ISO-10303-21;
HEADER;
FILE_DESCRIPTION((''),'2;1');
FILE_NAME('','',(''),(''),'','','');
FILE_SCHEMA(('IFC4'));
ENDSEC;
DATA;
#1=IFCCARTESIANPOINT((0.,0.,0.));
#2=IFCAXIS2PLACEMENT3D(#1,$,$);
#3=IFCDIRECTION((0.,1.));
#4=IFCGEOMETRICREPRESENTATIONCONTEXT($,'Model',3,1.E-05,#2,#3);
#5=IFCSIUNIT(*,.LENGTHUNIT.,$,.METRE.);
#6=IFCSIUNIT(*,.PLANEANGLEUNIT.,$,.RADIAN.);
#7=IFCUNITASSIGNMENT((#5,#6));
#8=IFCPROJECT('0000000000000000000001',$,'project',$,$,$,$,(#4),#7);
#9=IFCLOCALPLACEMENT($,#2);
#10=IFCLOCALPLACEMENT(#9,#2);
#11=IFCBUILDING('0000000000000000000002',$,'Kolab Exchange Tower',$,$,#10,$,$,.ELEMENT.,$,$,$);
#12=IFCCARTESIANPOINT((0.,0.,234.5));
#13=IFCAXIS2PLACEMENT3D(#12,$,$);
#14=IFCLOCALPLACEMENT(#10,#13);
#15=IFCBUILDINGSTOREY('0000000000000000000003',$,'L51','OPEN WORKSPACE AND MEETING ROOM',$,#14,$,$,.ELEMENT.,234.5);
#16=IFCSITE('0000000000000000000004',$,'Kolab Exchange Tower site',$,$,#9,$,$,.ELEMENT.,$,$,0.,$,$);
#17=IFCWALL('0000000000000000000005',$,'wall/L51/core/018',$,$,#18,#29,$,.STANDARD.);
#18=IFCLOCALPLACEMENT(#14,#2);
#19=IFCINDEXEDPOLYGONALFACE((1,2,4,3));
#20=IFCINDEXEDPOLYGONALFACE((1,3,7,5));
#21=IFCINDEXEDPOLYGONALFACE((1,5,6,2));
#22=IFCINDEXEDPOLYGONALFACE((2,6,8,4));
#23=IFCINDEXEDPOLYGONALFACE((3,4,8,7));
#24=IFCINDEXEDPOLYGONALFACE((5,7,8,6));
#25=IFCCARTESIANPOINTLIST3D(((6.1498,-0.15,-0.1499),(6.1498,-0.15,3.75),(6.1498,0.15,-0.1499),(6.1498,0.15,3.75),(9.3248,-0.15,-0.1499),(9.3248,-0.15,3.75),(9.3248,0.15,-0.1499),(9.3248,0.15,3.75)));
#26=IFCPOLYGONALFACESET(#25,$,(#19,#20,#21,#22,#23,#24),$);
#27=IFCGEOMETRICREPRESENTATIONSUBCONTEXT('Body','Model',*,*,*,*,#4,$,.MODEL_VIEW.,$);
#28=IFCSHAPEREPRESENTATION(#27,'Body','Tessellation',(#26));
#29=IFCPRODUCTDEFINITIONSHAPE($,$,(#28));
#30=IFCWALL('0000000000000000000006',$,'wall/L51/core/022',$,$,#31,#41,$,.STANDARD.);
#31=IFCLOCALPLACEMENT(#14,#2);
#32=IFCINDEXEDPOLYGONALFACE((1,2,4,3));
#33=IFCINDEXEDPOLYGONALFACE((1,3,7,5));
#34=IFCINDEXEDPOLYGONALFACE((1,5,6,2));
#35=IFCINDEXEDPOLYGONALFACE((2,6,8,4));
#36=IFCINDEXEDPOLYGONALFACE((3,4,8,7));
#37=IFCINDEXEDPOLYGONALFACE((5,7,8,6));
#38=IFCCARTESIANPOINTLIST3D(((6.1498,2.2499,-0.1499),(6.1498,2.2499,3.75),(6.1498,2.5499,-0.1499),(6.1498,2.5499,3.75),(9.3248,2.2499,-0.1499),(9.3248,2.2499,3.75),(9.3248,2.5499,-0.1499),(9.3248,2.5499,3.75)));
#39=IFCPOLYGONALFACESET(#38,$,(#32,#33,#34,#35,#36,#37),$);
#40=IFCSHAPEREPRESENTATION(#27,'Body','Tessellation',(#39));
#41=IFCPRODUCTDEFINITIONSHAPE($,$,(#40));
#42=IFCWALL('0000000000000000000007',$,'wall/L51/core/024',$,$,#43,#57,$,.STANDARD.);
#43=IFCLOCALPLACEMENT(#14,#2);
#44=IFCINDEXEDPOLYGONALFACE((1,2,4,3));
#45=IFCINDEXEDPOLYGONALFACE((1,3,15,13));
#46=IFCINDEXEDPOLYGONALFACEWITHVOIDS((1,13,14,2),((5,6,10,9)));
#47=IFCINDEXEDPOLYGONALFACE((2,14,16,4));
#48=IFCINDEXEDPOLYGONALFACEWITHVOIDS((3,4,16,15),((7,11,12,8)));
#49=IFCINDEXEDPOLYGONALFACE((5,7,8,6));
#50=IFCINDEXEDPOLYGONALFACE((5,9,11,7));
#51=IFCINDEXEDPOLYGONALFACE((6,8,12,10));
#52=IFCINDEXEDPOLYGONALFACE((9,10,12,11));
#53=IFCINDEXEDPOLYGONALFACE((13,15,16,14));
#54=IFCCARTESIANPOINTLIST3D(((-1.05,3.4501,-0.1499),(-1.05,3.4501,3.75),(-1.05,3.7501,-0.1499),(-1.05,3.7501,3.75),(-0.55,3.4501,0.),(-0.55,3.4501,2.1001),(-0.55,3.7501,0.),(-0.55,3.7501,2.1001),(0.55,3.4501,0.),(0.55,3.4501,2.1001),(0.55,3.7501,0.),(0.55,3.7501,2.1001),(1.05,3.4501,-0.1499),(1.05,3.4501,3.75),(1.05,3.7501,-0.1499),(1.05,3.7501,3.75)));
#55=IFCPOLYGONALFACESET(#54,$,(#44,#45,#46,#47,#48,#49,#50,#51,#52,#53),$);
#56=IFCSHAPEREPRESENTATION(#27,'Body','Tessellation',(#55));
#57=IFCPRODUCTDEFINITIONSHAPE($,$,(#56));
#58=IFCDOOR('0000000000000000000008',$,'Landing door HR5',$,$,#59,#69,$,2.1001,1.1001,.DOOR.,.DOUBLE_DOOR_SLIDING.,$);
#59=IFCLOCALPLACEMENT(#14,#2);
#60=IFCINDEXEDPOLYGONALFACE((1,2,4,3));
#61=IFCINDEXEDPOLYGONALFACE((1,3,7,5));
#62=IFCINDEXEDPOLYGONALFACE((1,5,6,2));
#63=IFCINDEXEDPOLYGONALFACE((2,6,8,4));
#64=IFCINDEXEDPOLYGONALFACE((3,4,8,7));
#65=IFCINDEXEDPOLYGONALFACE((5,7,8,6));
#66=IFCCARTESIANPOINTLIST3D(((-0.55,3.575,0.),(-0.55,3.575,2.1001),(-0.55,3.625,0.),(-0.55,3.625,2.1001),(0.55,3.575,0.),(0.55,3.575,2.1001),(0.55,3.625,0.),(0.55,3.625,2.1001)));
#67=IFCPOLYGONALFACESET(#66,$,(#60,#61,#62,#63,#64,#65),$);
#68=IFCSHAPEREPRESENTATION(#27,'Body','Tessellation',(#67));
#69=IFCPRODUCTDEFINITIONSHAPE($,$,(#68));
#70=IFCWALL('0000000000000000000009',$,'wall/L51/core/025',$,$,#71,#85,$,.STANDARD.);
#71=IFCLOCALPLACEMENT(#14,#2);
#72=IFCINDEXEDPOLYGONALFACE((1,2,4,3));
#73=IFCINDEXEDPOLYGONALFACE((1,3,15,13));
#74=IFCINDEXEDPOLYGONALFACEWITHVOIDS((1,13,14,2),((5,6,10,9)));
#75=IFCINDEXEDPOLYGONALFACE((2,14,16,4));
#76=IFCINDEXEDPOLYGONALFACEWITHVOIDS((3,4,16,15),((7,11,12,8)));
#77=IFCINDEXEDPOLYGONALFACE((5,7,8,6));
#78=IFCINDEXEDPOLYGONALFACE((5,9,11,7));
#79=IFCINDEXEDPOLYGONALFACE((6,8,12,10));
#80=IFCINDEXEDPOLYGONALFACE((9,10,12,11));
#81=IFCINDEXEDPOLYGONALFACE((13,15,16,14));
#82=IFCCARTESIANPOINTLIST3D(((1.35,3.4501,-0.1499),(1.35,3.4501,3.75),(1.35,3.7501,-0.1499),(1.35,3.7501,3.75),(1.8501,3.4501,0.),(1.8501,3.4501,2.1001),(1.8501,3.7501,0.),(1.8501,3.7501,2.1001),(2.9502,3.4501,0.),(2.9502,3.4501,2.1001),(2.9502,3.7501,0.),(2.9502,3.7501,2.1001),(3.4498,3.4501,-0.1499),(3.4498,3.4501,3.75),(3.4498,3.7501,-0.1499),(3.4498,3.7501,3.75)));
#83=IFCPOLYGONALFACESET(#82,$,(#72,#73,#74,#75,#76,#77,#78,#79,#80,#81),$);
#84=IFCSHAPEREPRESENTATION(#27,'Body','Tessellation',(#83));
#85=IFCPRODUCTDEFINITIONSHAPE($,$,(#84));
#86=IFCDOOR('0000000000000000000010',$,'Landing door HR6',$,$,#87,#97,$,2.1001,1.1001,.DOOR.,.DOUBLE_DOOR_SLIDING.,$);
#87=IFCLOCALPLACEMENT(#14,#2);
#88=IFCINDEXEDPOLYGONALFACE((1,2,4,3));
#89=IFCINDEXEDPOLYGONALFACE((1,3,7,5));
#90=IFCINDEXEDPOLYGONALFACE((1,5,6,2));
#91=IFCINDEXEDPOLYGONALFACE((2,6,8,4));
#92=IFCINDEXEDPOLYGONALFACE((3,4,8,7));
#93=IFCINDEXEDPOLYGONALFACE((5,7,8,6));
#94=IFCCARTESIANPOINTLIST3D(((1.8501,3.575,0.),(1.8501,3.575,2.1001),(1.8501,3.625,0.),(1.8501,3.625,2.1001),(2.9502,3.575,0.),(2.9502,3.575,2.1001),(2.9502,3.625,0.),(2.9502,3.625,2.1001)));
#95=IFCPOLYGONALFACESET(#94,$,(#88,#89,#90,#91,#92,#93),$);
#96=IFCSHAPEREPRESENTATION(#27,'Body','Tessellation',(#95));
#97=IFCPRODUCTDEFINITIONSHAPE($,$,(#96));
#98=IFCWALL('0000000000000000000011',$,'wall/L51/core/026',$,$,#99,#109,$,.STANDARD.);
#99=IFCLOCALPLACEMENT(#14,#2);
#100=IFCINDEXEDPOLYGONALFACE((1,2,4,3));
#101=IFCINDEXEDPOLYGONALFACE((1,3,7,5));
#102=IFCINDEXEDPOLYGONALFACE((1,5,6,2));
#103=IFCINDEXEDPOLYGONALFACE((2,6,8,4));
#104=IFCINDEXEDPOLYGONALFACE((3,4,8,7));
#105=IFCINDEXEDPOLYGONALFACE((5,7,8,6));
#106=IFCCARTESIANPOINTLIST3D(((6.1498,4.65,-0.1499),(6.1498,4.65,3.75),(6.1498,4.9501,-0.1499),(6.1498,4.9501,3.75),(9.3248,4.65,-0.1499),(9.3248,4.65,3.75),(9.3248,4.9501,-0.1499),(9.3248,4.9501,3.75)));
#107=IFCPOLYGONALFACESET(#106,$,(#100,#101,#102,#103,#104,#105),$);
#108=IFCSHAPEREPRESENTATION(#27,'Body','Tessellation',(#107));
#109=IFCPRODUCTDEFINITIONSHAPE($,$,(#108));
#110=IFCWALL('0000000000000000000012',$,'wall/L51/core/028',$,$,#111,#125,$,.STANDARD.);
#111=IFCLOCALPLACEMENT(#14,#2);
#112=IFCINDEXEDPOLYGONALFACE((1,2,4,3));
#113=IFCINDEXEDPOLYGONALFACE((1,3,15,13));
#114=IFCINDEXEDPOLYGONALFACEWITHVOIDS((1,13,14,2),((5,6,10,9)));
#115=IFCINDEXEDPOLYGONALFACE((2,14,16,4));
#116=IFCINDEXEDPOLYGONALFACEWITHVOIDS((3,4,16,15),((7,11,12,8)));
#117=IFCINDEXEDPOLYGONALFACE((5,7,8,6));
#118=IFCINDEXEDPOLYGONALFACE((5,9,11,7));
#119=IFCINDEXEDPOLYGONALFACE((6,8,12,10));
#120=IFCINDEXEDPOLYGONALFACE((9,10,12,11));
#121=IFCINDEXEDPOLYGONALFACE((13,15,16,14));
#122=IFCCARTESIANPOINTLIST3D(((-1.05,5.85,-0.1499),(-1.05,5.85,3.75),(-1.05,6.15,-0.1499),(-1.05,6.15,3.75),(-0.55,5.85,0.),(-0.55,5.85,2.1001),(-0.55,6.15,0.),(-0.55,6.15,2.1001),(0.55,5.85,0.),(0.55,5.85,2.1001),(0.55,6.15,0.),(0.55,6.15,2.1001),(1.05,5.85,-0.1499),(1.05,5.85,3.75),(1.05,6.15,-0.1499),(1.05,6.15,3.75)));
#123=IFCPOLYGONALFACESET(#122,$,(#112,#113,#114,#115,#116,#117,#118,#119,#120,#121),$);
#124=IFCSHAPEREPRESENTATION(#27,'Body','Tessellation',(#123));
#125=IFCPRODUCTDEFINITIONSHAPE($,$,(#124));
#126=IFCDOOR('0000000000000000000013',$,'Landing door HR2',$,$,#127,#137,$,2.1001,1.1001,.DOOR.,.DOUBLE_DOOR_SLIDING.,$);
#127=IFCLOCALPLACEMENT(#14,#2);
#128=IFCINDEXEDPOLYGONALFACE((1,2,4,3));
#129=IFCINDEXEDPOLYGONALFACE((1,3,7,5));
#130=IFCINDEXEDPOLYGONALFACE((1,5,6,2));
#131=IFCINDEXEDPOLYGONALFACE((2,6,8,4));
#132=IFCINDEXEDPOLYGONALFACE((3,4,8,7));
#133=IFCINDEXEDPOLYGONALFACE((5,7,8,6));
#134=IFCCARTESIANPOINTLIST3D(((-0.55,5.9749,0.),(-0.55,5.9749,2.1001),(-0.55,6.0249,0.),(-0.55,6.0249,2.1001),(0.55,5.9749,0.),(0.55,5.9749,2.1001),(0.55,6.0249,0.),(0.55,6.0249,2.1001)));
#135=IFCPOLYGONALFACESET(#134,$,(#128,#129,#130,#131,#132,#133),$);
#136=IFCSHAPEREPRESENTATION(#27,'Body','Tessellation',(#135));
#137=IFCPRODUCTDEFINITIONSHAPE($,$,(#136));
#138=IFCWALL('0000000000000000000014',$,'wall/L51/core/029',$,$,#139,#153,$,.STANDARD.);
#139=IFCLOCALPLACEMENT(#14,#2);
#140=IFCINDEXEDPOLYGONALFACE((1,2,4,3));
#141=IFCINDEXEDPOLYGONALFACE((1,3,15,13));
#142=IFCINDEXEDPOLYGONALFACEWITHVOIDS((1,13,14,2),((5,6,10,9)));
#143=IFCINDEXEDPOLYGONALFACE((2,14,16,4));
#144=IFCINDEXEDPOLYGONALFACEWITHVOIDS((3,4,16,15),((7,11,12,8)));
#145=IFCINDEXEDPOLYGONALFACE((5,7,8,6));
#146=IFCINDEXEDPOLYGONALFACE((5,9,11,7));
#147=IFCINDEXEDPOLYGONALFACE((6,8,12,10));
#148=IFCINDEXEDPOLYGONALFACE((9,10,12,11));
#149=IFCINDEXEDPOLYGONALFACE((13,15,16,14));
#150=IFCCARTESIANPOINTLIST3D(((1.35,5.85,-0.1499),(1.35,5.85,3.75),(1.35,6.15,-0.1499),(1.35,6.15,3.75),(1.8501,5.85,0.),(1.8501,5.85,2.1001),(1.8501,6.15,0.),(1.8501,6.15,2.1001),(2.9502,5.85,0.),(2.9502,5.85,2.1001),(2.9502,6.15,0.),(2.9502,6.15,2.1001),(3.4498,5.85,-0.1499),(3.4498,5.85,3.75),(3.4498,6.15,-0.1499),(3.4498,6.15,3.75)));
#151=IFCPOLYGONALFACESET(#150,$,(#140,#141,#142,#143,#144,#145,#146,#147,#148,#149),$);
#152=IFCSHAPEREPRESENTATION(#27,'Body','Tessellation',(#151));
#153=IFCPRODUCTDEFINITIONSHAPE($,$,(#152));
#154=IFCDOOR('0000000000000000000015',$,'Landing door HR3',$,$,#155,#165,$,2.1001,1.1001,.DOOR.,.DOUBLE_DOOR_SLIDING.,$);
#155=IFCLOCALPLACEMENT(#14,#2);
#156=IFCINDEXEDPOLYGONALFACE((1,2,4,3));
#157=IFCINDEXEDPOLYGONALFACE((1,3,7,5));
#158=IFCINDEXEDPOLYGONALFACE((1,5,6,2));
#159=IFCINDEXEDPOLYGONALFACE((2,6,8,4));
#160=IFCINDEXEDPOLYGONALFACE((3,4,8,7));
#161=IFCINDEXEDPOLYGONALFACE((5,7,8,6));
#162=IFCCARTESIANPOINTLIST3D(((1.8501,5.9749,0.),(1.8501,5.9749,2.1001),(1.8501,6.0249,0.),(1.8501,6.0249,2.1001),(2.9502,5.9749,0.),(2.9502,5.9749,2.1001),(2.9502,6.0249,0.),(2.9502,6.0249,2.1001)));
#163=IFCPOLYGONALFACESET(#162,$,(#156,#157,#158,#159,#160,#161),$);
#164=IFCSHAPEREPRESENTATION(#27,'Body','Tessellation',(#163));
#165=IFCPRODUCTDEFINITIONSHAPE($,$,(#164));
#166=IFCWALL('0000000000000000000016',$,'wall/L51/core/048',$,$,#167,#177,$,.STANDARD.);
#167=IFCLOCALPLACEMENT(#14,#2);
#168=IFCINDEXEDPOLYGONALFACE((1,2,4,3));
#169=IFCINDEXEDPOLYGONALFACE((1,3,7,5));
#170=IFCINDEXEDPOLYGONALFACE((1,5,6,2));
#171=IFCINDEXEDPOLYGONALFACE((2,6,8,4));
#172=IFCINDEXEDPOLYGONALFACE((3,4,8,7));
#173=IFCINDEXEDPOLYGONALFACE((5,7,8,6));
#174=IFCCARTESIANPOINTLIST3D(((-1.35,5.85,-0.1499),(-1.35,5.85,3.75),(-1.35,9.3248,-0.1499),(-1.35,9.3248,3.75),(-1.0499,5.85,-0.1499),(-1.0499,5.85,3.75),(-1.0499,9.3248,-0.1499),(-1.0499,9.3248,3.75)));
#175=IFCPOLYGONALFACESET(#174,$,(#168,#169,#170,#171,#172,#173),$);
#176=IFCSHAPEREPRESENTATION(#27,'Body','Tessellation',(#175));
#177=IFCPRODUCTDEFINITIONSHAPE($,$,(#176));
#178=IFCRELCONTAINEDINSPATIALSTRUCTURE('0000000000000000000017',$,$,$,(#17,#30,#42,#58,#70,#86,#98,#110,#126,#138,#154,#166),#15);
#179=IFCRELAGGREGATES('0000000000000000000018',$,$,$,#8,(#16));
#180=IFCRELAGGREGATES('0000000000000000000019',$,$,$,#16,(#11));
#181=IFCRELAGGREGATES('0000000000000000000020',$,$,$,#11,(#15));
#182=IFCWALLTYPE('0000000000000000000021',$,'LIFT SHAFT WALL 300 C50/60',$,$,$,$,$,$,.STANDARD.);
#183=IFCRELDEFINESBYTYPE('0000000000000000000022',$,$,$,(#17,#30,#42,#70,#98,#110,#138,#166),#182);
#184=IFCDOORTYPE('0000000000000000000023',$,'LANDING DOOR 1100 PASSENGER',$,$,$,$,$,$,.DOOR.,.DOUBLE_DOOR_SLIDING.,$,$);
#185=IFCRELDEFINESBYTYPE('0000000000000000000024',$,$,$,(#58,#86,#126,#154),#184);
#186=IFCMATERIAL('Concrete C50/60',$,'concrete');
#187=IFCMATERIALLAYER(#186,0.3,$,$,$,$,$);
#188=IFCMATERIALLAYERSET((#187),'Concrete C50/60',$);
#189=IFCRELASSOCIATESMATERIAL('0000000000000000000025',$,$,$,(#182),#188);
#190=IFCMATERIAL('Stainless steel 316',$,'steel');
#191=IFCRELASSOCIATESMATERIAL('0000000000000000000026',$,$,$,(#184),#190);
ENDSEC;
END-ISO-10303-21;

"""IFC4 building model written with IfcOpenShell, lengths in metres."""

from ifc_helpers import new_model, si_unit, direction, frame, frame_2d, origin, place, context, subcontext, project, spatial, rectangle, extrude, material, layer, layer_set, type_object, element, fill, save


model = new_model("IFC4")

# Units and contexts
model_context = context("Model", 3, precision=1e-05, world=origin(), true_north=direction((0.0, 1.0)))
body_context = subcontext(model_context, "Body", "Model", "MODEL_VIEW")
ifc_project = project(units=[si_unit("LENGTHUNIT", "METRE"), si_unit("PLANEANGLEUNIT", "RADIAN")], contexts=[model_context])

# Site, building, storey
site_placement = place(None, origin())
site = spatial("IfcSite", under=ifc_project, at=site_placement, Name="Kolab Exchange Tower site", CompositionType="ELEMENT", RefElevation=0.0)
building_placement = place(site_placement, origin())
building = spatial("IfcBuilding", under=site, at=building_placement, Name="Kolab Exchange Tower", CompositionType="ELEMENT")
storey_placement = place(building_placement, frame((0.0, 0.0, 234.5)))
storey = spatial("IfcBuildingStorey", under=building, at=storey_placement, Name="L51", Description="OPEN WORKSPACE AND MEETING ROOM", CompositionType="ELEMENT", Elevation=234.5)

# Shared definitions
ifc_material_1 = material(Name="Concrete C50/60", Category="concrete")

# Walls
ifc_layer_1 = layer(ifc_material_1, 0.3)
ifc_layer_set_1 = layer_set([ifc_layer_1], Name="Concrete C50/60")
wall_type = type_object("IfcWallType", Name="LIFT SHAFT WALL 300 C50/60", PredefinedType="STANDARD", material=ifc_layer_set_1)
for number, where, z_axis, x_axis, name in (
    (1, (6.1499, 0.0, -0.1499), (0.0, 0.0, 1.0), (1.0, 0.0, 0.0), "wall/L51/core/018"),
    (2, (6.1499, 2.3999, -0.1499), (0.0, 0.0, 1.0), (1.0, 0.0, 0.0), "wall/L51/core/022"),
):
    element("IfcWall", number, at=place(storey_placement, frame(where, z_axis=z_axis, x_axis=x_axis)), inside=storey, type_object=wall_type, Name=name, PredefinedType="STANDARD", context=body_context, shape_type="SweptSolid", body=[
        extrude(rectangle(XDim=3.175, YDim=0.3, at=frame_2d((1.5874, 0.0))), origin(), (0.0, 0.0, 1.0), 3.8999),
    ])

# Walls, openings, doors
wall_1_placement = place(storey_placement, frame((-1.05, 3.6001, -0.1499), z_axis=(0.0, 0.0, 1.0), x_axis=(1.0, 0.0, 0.0)))
wall_1 = element("IfcWall", 3, at=wall_1_placement, inside=storey, type_object=wall_type, Name="wall/L51/core/024", PredefinedType="STANDARD", context=body_context, shape_type="SweptSolid", body=[
    extrude(rectangle(XDim=2.1001, YDim=0.3, at=frame_2d((1.05, 0.0))), origin(), (0.0, 0.0, 1.0), 3.8999),
])
opening_1_placement = place(wall_1_placement, frame((0.5, 0.0, 0.1499)))
opening_1 = element("IfcOpeningElement", 4, at=opening_1_placement, cuts=wall_1, PredefinedType="OPENING", context=body_context, shape_type="SweptSolid", body=[
    extrude(rectangle(XDim=1.1001, YDim=2.1001, at=frame_2d((0.55, 1.05))), frame((0.0, 0.1602, 0.0), z_axis=(0.0, -1.0, 0.0), x_axis=(1.0, 0.0, 0.0)), (0.0, 0.0, 1.0), 0.3201),
])
ifc_material_2 = material(Name="Stainless steel 316", Category="steel")
door_type = type_object("IfcDoorType", Name="LANDING DOOR 1100 PASSENGER", OperationType="DOUBLE_DOOR_SLIDING", PredefinedType="DOOR", material=ifc_material_2)
door_1_placement = place(opening_1_placement, origin())
door_1 = element("IfcDoor", 5, at=door_1_placement, inside=storey, type_object=door_type, Name="Landing door HR5", OperationType="DOUBLE_DOOR_SLIDING", OverallHeight=2.1001, OverallWidth=1.1001, PredefinedType="DOOR", context=body_context, shape_type="SweptSolid", body=[
    extrude(rectangle(XDim=1.1001, YDim=2.1001, at=frame_2d((0.55, 1.05))), frame((0.0, 0.0249, 0.0), z_axis=(0.0, -1.0, 0.0), x_axis=(1.0, 0.0, 0.0)), (0.0, 0.0, 1.0), 0.05),
])
fill(opening_1, door_1)
wall_2_placement = place(storey_placement, frame((1.3501, 3.6001, -0.1499), z_axis=(0.0, 0.0, 1.0), x_axis=(1.0, 0.0, 0.0)))
wall_2 = element("IfcWall", 6, at=wall_2_placement, inside=storey, type_object=wall_type, Name="wall/L51/core/025", PredefinedType="STANDARD", context=body_context, shape_type="SweptSolid", body=[
    extrude(rectangle(XDim=2.0999, YDim=0.3, at=frame_2d((1.0498, 0.0))), origin(), (0.0, 0.0, 1.0), 3.8999),
])
opening_2_placement = place(wall_2_placement, frame((0.5, 0.0, 0.1499)))
opening_2 = element("IfcOpeningElement", 7, at=opening_2_placement, cuts=wall_2, PredefinedType="OPENING", context=body_context, shape_type="SweptSolid", body=[
    extrude(rectangle(XDim=1.1001, YDim=2.1001, at=frame_2d((0.55, 1.05))), frame((0.0, 0.1602, 0.0), z_axis=(0.0, -1.0, 0.0), x_axis=(1.0, 0.0, 0.0)), (0.0, 0.0, 1.0), 0.3201),
])
door_2_placement = place(opening_2_placement, origin())
door_2 = element("IfcDoor", 8, at=door_2_placement, inside=storey, type_object=door_type, Name="Landing door HR6", OperationType="DOUBLE_DOOR_SLIDING", OverallHeight=2.1001, OverallWidth=1.1001, PredefinedType="DOOR", context=body_context, shape_type="SweptSolid", body=[
    extrude(rectangle(XDim=1.1001, YDim=2.1001, at=frame_2d((0.55, 1.05))), frame((0.0, 0.0249, 0.0), z_axis=(0.0, -1.0, 0.0), x_axis=(1.0, 0.0, 0.0)), (0.0, 0.0, 1.0), 0.05),
])
fill(opening_2, door_2)

# Wall
wall_3_placement = place(storey_placement, frame((6.1499, 4.8, -0.1499), z_axis=(0.0, 0.0, 1.0), x_axis=(1.0, 0.0, 0.0)))
element("IfcWall", 9, at=wall_3_placement, inside=storey, type_object=wall_type, Name="wall/L51/core/026", PredefinedType="STANDARD", context=body_context, shape_type="SweptSolid", body=[
    extrude(rectangle(XDim=3.175, YDim=0.3, at=frame_2d((1.5874, 0.0))), origin(), (0.0, 0.0, 1.0), 3.8999),
])

# Walls, openings, doors
wall_4_placement = place(storey_placement, frame((-1.05, 6.0, -0.1499), z_axis=(0.0, 0.0, 1.0), x_axis=(1.0, 0.0, 0.0)))
wall_4 = element("IfcWall", 10, at=wall_4_placement, inside=storey, type_object=wall_type, Name="wall/L51/core/028", PredefinedType="STANDARD", context=body_context, shape_type="SweptSolid", body=[
    extrude(rectangle(XDim=2.1001, YDim=0.3, at=frame_2d((1.05, 0.0))), origin(), (0.0, 0.0, 1.0), 3.8999),
])
opening_3_placement = place(wall_4_placement, frame((0.5, 0.0, 0.1499)))
opening_3 = element("IfcOpeningElement", 11, at=opening_3_placement, cuts=wall_4, PredefinedType="OPENING", context=body_context, shape_type="SweptSolid", body=[
    extrude(rectangle(XDim=1.1001, YDim=2.1001, at=frame_2d((0.55, 1.05))), frame((0.0, 0.1602, 0.0), z_axis=(0.0, -1.0, 0.0), x_axis=(1.0, 0.0, 0.0)), (0.0, 0.0, 1.0), 0.3201),
])
door_3_placement = place(opening_3_placement, origin())
door_3 = element("IfcDoor", 12, at=door_3_placement, inside=storey, type_object=door_type, Name="Landing door HR2", OperationType="DOUBLE_DOOR_SLIDING", OverallHeight=2.1001, OverallWidth=1.1001, PredefinedType="DOOR", context=body_context, shape_type="SweptSolid", body=[
    extrude(rectangle(XDim=1.1001, YDim=2.1001, at=frame_2d((0.55, 1.05))), frame((0.0, 0.0249, 0.0), z_axis=(0.0, -1.0, 0.0), x_axis=(1.0, 0.0, 0.0)), (0.0, 0.0, 1.0), 0.05),
])
fill(opening_3, door_3)
wall_5_placement = place(storey_placement, frame((1.3501, 6.0, -0.1499), z_axis=(0.0, 0.0, 1.0), x_axis=(1.0, 0.0, 0.0)))
wall_5 = element("IfcWall", 13, at=wall_5_placement, inside=storey, type_object=wall_type, Name="wall/L51/core/029", PredefinedType="STANDARD", context=body_context, shape_type="SweptSolid", body=[
    extrude(rectangle(XDim=2.0999, YDim=0.3, at=frame_2d((1.0498, 0.0))), origin(), (0.0, 0.0, 1.0), 3.8999),
])
opening_4_placement = place(wall_5_placement, frame((0.5, 0.0, 0.1499)))
opening_4 = element("IfcOpeningElement", 14, at=opening_4_placement, cuts=wall_5, PredefinedType="OPENING", context=body_context, shape_type="SweptSolid", body=[
    extrude(rectangle(XDim=1.1001, YDim=2.1001, at=frame_2d((0.55, 1.05))), frame((0.0, 0.1602, 0.0), z_axis=(0.0, -1.0, 0.0), x_axis=(1.0, 0.0, 0.0)), (0.0, 0.0, 1.0), 0.3201),
])
door_4_placement = place(opening_4_placement, origin())
door_4 = element("IfcDoor", 15, at=door_4_placement, inside=storey, type_object=door_type, Name="Landing door HR3", OperationType="DOUBLE_DOOR_SLIDING", OverallHeight=2.1001, OverallWidth=1.1001, PredefinedType="DOOR", context=body_context, shape_type="SweptSolid", body=[
    extrude(rectangle(XDim=1.1001, YDim=2.1001, at=frame_2d((0.55, 1.05))), frame((0.0, 0.0249, 0.0), z_axis=(0.0, -1.0, 0.0), x_axis=(1.0, 0.0, 0.0)), (0.0, 0.0, 1.0), 0.05),
])
fill(opening_4, door_4)

# Wall
for number, where, z_axis, x_axis, name in (
    (16, (-1.2, 5.8501, -0.1499), (0.0, 0.0, 1.0), (0.0, 1.0, 0.0), "wall/L51/core/048"),
):
    element("IfcWall", number, at=place(storey_placement, frame(where, z_axis=z_axis, x_axis=x_axis)), inside=storey, type_object=wall_type, Name=name, PredefinedType="STANDARD", context=body_context, shape_type="SweptSolid", body=[
        extrude(rectangle(XDim=3.4749, YDim=0.3, at=frame_2d((1.7373, 0.0))), origin(), (0.0, 0.0, 1.0), 3.8999),
    ])

save(model, "model.ifc")
